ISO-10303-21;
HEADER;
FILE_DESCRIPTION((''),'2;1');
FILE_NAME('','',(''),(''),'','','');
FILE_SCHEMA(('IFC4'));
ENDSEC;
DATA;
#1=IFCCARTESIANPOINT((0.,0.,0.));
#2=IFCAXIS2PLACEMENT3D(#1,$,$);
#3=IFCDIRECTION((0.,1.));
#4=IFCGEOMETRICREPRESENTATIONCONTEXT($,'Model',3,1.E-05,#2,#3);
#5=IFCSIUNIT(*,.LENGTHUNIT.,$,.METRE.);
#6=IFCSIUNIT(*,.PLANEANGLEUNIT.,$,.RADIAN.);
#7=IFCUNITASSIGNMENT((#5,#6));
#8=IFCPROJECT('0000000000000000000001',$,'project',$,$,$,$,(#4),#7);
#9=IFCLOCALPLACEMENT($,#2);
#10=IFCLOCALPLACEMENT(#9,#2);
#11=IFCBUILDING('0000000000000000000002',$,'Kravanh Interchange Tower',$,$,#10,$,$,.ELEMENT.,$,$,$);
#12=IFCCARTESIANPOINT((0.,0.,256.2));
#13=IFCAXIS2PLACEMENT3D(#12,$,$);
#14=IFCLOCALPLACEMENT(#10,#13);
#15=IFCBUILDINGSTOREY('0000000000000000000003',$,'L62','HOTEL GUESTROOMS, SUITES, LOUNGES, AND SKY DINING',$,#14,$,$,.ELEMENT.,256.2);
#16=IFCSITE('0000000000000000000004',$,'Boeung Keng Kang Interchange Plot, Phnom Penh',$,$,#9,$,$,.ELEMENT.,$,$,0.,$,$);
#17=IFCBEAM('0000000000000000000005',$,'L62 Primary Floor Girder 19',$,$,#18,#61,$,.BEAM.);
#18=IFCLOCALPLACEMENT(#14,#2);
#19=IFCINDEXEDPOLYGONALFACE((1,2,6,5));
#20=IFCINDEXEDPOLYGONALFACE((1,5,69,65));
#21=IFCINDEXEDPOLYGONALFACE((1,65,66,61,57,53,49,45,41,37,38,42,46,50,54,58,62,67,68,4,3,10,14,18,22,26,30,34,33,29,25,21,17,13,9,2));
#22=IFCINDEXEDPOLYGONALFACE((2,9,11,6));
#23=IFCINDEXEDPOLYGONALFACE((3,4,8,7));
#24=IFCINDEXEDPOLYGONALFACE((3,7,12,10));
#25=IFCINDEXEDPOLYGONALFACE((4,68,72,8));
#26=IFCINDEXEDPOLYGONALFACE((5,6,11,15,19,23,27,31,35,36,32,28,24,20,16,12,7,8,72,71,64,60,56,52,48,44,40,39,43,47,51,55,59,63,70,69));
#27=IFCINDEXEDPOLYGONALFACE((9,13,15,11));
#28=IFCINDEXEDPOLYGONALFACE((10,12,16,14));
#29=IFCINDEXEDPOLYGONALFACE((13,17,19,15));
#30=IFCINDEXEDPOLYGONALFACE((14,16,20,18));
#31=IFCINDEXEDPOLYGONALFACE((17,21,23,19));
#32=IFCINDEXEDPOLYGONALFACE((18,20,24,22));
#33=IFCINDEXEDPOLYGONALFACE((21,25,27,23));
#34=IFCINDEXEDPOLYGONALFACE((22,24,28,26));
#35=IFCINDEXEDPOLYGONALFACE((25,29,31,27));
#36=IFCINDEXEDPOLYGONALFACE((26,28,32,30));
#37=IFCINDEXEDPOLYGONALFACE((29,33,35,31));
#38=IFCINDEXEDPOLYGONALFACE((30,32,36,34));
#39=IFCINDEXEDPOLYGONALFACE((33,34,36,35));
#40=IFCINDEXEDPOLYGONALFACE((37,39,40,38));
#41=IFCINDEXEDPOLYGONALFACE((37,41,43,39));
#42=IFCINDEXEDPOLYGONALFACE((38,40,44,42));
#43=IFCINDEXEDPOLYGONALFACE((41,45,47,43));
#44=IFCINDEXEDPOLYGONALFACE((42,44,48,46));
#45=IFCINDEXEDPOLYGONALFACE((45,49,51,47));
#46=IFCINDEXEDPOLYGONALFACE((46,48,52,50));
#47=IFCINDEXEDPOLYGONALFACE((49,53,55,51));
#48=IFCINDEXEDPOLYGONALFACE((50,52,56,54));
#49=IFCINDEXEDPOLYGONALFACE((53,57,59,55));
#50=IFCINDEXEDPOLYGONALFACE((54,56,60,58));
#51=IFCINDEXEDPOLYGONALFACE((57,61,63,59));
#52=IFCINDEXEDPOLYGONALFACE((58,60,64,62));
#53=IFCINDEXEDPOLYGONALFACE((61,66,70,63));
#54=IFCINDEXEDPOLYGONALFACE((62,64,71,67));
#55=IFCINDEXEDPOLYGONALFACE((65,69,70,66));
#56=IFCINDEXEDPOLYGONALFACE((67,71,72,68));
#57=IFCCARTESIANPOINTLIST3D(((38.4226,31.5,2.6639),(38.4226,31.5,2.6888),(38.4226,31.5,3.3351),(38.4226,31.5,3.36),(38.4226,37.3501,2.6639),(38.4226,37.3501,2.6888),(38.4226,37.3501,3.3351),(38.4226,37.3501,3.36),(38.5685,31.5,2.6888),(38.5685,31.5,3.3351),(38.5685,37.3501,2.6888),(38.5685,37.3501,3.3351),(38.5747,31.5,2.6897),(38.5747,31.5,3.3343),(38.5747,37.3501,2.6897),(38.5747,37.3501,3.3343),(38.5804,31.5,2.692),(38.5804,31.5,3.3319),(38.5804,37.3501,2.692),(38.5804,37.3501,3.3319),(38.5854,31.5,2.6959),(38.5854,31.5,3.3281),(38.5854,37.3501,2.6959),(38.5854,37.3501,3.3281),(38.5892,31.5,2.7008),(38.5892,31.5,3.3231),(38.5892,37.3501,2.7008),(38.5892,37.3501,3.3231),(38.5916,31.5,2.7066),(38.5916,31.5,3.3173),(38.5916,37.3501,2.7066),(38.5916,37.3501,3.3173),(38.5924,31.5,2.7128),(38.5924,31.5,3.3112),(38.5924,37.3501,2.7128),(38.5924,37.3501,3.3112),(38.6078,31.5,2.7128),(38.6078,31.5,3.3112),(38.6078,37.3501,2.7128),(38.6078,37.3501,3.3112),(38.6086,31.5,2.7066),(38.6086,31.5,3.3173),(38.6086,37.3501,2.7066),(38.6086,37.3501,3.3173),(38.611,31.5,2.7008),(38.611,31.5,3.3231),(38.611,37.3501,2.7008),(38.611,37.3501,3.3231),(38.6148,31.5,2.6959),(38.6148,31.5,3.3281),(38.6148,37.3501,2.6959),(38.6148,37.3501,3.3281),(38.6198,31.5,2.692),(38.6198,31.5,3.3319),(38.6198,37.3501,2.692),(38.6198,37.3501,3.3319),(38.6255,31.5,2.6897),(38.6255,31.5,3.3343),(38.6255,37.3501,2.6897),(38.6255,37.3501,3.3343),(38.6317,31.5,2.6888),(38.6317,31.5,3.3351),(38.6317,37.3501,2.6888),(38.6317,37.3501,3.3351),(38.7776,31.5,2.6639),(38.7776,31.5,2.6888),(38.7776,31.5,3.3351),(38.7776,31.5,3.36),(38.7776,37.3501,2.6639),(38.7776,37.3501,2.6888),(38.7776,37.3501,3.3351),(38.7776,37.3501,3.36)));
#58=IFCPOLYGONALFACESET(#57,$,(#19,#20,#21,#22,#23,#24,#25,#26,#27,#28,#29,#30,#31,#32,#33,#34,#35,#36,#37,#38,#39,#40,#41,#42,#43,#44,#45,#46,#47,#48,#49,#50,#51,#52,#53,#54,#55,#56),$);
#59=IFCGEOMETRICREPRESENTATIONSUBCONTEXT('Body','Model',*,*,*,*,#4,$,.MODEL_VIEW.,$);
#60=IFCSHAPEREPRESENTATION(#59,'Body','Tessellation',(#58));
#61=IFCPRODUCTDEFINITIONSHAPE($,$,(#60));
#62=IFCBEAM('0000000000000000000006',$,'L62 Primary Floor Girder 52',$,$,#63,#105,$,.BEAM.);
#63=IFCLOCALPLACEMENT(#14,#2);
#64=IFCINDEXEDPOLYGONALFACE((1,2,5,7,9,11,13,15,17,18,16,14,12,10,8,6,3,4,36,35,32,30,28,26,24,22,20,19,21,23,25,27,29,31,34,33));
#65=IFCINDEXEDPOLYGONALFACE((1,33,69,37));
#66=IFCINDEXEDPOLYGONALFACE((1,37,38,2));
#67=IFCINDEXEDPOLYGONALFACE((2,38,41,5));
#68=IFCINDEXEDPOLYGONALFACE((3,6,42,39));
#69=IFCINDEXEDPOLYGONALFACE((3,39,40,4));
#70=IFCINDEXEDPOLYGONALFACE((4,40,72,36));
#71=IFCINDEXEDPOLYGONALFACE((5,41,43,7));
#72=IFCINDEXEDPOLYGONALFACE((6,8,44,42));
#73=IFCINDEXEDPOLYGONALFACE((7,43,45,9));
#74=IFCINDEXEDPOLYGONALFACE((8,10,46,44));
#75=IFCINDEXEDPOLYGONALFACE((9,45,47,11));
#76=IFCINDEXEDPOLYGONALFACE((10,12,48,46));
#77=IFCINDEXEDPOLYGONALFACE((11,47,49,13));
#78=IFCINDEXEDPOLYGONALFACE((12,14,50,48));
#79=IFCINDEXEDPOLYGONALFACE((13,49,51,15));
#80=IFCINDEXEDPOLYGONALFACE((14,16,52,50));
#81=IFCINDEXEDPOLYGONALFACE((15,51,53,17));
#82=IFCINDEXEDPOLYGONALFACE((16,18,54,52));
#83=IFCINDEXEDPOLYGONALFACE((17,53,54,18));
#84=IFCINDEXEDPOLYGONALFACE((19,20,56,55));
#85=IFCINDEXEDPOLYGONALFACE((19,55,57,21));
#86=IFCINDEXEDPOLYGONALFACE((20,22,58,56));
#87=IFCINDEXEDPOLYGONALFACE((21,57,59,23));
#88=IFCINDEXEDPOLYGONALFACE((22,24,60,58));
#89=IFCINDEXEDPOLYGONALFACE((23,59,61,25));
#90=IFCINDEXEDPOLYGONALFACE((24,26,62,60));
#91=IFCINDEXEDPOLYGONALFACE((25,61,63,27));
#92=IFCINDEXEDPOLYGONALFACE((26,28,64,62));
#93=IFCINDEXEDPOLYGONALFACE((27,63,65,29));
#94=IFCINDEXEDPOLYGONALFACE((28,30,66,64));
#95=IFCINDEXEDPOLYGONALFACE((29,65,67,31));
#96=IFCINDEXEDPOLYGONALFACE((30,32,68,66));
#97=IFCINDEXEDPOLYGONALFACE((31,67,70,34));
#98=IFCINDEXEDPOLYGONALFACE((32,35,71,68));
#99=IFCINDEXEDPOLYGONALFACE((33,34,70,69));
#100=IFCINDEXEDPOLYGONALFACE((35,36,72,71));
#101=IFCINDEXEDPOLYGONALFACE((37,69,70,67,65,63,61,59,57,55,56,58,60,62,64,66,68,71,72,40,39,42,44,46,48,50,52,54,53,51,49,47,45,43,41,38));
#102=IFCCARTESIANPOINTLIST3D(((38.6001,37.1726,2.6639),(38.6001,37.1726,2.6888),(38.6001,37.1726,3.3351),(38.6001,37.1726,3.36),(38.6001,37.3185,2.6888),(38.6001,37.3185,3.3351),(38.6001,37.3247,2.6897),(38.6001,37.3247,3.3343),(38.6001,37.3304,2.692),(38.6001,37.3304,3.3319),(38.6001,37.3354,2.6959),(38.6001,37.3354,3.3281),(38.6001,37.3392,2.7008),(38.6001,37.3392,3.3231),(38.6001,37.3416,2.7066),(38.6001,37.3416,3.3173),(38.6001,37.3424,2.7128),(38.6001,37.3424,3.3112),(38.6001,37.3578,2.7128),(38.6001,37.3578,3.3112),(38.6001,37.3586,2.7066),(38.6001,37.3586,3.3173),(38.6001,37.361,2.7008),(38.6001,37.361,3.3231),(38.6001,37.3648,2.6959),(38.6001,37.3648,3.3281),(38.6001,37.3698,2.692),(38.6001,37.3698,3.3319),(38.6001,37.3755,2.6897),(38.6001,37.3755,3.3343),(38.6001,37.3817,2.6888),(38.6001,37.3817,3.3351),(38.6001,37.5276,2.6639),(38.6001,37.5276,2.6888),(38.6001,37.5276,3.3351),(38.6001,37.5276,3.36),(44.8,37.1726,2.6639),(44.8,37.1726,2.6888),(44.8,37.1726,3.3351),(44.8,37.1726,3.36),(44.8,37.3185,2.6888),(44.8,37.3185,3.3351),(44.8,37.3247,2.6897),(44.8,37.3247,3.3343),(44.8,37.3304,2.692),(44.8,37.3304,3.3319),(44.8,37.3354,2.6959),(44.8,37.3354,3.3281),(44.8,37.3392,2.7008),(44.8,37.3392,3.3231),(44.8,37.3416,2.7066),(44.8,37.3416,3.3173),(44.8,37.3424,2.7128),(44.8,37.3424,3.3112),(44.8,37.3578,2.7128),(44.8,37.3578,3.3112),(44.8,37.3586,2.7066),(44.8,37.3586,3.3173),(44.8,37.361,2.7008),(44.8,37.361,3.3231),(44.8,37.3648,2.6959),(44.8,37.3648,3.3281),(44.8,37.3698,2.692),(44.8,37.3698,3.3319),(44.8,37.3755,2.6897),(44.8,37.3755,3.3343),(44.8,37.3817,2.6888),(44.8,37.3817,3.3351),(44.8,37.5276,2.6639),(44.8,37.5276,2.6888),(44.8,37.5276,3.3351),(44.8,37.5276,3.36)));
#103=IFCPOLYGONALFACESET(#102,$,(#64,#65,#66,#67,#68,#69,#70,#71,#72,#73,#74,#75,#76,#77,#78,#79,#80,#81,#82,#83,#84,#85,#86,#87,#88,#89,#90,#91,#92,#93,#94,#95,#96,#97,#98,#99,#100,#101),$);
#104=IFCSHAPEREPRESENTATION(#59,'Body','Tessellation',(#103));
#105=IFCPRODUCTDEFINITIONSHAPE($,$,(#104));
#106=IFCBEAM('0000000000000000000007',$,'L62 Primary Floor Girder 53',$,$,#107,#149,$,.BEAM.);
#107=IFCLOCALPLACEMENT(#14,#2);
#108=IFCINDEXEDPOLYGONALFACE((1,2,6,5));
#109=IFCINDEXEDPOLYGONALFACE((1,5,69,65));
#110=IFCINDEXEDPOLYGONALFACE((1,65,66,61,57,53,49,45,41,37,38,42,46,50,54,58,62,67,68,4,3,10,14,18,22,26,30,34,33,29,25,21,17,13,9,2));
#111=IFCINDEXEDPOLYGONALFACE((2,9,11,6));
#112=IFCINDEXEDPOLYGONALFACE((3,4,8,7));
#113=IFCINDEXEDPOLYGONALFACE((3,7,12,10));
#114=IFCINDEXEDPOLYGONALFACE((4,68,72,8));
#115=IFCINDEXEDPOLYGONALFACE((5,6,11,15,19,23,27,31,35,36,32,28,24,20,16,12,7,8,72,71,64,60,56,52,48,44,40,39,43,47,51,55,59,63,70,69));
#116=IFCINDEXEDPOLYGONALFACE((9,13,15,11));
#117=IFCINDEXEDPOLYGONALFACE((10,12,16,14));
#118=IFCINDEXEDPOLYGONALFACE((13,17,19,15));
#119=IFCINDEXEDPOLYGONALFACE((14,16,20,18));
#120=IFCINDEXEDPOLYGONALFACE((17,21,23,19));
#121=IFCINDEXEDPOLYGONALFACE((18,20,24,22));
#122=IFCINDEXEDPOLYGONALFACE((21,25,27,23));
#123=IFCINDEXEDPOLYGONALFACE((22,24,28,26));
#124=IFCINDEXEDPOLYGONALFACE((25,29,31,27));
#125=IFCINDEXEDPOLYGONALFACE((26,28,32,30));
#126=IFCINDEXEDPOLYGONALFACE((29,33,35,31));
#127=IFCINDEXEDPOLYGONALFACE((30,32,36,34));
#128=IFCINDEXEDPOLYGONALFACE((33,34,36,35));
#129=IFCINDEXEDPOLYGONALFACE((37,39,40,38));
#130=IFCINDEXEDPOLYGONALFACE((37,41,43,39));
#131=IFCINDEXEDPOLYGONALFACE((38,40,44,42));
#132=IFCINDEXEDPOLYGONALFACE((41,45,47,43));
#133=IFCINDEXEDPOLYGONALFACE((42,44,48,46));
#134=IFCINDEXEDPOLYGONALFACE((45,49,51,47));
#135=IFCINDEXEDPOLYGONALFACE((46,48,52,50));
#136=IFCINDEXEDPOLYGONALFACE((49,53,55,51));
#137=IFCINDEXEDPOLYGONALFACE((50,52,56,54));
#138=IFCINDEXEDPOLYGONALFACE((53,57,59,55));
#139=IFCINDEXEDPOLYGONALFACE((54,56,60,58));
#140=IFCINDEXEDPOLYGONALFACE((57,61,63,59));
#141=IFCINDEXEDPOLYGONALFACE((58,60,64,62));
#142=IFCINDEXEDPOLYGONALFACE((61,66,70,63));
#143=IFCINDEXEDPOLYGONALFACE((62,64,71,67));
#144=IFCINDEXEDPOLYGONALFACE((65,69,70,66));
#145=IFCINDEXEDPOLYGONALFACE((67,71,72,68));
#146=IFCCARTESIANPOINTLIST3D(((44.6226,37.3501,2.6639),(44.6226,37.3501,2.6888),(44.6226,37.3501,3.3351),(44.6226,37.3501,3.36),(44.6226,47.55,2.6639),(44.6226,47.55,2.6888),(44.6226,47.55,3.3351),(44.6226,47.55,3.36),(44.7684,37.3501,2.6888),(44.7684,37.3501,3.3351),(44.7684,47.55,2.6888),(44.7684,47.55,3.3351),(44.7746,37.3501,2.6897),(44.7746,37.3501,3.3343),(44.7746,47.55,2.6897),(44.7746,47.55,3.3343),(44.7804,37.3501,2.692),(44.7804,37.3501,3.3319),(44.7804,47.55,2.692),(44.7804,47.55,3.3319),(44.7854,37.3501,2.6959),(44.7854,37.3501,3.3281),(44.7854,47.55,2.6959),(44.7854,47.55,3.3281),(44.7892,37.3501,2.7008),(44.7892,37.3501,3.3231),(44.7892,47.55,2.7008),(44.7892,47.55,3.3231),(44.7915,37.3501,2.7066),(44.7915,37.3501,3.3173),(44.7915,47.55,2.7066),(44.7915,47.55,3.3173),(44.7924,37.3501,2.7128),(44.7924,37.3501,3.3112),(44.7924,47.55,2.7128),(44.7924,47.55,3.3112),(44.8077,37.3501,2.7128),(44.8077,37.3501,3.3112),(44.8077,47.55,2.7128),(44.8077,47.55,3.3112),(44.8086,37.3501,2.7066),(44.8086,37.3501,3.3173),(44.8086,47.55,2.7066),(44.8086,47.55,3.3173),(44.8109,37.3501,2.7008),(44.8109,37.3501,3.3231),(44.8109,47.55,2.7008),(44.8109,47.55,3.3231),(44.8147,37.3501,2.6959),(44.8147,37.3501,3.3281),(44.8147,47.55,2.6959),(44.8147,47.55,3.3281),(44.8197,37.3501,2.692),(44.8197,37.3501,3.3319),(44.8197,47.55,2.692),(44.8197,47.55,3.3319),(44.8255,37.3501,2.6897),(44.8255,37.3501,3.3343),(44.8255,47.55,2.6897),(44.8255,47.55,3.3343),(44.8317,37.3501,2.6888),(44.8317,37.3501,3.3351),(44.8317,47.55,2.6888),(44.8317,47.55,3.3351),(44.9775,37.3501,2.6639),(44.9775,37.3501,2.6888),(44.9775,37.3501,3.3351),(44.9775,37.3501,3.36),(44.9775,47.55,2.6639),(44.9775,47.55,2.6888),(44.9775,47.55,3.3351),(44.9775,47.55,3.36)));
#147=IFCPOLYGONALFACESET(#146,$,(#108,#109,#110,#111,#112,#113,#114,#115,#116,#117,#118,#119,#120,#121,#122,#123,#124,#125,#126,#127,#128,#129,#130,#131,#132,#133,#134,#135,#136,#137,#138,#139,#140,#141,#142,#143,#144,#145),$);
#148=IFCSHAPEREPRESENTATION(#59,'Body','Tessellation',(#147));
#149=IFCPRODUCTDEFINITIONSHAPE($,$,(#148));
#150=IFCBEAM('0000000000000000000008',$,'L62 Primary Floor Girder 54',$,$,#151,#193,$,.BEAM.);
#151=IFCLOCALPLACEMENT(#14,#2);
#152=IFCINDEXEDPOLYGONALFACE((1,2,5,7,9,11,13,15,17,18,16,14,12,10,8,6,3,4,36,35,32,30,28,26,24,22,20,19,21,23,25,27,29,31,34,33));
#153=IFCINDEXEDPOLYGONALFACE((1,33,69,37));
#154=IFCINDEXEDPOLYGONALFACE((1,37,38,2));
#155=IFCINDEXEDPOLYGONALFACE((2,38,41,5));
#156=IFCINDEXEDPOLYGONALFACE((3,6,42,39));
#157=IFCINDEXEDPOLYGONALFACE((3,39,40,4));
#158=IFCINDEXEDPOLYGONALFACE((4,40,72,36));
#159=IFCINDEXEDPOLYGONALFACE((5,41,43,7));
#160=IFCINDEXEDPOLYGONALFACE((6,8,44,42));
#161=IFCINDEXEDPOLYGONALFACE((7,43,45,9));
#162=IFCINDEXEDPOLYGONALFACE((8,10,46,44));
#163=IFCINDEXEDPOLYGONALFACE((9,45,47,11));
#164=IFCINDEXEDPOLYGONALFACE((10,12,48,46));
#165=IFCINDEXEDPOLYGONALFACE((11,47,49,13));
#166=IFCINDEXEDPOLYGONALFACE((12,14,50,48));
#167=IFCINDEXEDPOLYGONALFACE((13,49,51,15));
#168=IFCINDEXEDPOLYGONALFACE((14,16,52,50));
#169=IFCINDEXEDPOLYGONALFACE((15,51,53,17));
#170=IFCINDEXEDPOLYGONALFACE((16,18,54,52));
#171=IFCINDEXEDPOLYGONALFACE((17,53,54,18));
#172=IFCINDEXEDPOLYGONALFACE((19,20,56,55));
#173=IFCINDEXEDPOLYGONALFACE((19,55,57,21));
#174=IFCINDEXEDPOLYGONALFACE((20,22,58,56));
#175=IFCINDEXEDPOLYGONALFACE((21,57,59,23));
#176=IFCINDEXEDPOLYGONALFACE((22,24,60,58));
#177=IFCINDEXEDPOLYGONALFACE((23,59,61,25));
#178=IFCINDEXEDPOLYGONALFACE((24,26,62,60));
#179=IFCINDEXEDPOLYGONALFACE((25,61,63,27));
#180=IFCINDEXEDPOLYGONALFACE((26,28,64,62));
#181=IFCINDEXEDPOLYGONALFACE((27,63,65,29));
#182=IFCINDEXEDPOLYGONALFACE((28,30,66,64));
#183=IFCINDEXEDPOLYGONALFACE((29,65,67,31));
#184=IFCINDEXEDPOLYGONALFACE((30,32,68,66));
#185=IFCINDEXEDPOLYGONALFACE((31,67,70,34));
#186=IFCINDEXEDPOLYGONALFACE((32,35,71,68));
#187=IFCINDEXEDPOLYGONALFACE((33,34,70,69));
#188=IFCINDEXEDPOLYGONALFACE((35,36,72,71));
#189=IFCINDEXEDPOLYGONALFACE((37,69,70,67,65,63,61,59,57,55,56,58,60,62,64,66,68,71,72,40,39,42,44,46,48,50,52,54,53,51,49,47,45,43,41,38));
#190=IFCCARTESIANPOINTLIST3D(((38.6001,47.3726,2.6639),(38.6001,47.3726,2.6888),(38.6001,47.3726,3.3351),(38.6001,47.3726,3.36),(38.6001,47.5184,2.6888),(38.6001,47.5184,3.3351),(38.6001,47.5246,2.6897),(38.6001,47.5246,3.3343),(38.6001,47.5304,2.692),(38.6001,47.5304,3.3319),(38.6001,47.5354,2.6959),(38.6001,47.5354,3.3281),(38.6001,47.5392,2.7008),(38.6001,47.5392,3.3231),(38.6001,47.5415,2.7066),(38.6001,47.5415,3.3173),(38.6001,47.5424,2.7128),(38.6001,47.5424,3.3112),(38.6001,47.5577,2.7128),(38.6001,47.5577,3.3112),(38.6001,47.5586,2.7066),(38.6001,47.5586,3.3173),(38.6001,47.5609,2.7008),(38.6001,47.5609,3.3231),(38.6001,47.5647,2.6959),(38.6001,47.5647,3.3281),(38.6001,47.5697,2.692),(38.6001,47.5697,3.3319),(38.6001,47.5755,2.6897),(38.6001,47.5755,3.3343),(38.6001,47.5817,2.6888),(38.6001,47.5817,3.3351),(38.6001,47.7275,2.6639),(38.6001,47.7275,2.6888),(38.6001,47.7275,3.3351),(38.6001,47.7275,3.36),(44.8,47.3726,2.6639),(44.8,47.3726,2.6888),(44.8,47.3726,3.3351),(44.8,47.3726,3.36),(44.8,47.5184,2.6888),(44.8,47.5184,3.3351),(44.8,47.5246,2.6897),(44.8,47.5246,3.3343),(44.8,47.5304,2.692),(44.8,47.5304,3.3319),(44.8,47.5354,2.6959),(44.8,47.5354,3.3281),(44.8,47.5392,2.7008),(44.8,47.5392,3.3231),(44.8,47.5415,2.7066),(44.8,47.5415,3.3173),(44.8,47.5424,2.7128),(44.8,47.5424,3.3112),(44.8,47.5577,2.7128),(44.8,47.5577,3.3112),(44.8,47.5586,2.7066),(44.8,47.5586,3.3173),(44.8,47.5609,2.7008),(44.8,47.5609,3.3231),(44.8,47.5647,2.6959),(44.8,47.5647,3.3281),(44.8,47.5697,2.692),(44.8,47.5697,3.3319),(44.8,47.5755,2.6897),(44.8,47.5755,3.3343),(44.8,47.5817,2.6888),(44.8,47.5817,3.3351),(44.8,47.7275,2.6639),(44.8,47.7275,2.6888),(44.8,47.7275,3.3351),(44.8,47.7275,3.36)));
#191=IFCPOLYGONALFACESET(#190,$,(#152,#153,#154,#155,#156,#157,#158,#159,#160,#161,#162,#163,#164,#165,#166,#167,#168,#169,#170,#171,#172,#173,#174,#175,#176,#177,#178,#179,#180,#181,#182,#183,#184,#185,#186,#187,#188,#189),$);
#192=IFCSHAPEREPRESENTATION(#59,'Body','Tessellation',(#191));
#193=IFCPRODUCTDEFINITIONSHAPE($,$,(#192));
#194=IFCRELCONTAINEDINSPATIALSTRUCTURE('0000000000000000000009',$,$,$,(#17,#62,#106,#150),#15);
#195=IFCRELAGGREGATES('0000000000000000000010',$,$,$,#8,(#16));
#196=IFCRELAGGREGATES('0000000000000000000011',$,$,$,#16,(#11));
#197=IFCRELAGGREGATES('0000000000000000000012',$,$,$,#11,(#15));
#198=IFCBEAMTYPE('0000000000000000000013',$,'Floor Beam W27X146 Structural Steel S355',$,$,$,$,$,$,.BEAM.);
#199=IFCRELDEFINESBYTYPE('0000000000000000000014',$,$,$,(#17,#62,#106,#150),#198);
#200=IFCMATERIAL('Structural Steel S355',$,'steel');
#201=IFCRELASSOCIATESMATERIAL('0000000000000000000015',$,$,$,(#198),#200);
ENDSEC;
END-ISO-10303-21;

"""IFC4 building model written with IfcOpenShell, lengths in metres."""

from ifc_helpers import new_model, si_unit, direction, frame, origin, origin_2d, place, context, subcontext, project, spatial, i_section, extrude, material, material_profile, profile_set, type_object, element, save


model = new_model("IFC4")

# Units and contexts
model_context = context("Model", 3, precision=1e-05, world=origin(), true_north=direction((0.0, 1.0)))
body_context = subcontext(model_context, "Body", "Model", "MODEL_VIEW")
ifc_project = project(units=[si_unit("LENGTHUNIT", "METRE"), si_unit("PLANEANGLEUNIT", "RADIAN")], contexts=[model_context])

# Site, building, storey
site_placement = place(None, origin())
site = spatial("IfcSite", under=ifc_project, at=site_placement, Name="Boeung Keng Kang Interchange Plot, Phnom Penh", CompositionType="ELEMENT", RefElevation=0.0)
building_placement = place(site_placement, origin())
building = spatial("IfcBuilding", under=site, at=building_placement, Name="Kravanh Interchange Tower", CompositionType="ELEMENT")
storey_placement = place(building_placement, frame((0.0, 0.0, 256.2)))
storey = spatial("IfcBuildingStorey", under=building, at=storey_placement, Name="L62", Description="HOTEL GUESTROOMS, SUITES, LOUNGES, AND SKY DINING", CompositionType="ELEMENT", Elevation=256.2)

# Beams
ifc_material_1 = material(Name="Structural Steel S355", Category="steel")
ifc_material_profile_1 = material_profile(ifc_material_1, i_section(OverallWidth=0.355, OverallDepth=0.696, WebThickness=0.0154, FlangeThickness=0.0249, FilletRadius=0.0239, at=origin_2d()), Name="W27X146")
ifc_profile_set_1 = profile_set([ifc_material_profile_1], Name="Structural Steel S355")
beam_type_1 = type_object("IfcBeamType", Name="Floor Beam W27X146 Structural Steel S355", PredefinedType="BEAM", material=ifc_profile_set_1)
beam_1_placement = place(storey_placement, frame((38.6001, 31.5, 3.012), z_axis=(0.0, 1.0, 0.0), x_axis=(-1.0, 0.0, 0.0)))
element("IfcBeam", 1, at=beam_1_placement, inside=storey, type_object=beam_type_1, Name="L62 Primary Floor Girder 19", PredefinedType="BEAM", context=body_context, shape_type="SweptSolid", body=[
    extrude(i_section(OverallWidth=0.355, OverallDepth=0.696, WebThickness=0.0154, FlangeThickness=0.0249, FilletRadius=0.0239, at=origin_2d()), origin(), (0.0, 0.0, 1.0), 5.8501),
])
beam_2_placement = place(storey_placement, frame((44.8, 37.3501, 3.012), z_axis=(-1.0, 0.0, 0.0), x_axis=(0.0, -1.0, 0.0)))
element("IfcBeam", 2, at=beam_2_placement, inside=storey, type_object=beam_type_1, Name="L62 Primary Floor Girder 52", PredefinedType="BEAM", context=body_context, shape_type="SweptSolid", body=[
    extrude(i_section(OverallWidth=0.355, OverallDepth=0.696, WebThickness=0.0154, FlangeThickness=0.0249, FilletRadius=0.0239, at=origin_2d()), origin(), (0.0, 0.0, 1.0), 6.2),
])
beam_3_placement = place(storey_placement, frame((44.8, 37.3501, 3.012), z_axis=(0.0, 1.0, 0.0), x_axis=(-1.0, 0.0, 0.0)))
element("IfcBeam", 3, at=beam_3_placement, inside=storey, type_object=beam_type_1, Name="L62 Primary Floor Girder 53", PredefinedType="BEAM", context=body_context, shape_type="SweptSolid", body=[
    extrude(i_section(OverallWidth=0.355, OverallDepth=0.696, WebThickness=0.0154, FlangeThickness=0.0249, FilletRadius=0.0239, at=origin_2d()), origin(), (0.0, 0.0, 1.0), 10.2),
])
beam_4_placement = place(storey_placement, frame((44.8, 47.55, 3.012), z_axis=(-1.0, 0.0, 0.0), x_axis=(0.0, -1.0, 0.0)))
element("IfcBeam", 4, at=beam_4_placement, inside=storey, type_object=beam_type_1, Name="L62 Primary Floor Girder 54", PredefinedType="BEAM", context=body_context, shape_type="SweptSolid", body=[
    extrude(i_section(OverallWidth=0.355, OverallDepth=0.696, WebThickness=0.0154, FlangeThickness=0.0249, FilletRadius=0.0239, at=origin_2d()), origin(), (0.0, 0.0, 1.0), 6.2),
])

save(model, "model.ifc")
